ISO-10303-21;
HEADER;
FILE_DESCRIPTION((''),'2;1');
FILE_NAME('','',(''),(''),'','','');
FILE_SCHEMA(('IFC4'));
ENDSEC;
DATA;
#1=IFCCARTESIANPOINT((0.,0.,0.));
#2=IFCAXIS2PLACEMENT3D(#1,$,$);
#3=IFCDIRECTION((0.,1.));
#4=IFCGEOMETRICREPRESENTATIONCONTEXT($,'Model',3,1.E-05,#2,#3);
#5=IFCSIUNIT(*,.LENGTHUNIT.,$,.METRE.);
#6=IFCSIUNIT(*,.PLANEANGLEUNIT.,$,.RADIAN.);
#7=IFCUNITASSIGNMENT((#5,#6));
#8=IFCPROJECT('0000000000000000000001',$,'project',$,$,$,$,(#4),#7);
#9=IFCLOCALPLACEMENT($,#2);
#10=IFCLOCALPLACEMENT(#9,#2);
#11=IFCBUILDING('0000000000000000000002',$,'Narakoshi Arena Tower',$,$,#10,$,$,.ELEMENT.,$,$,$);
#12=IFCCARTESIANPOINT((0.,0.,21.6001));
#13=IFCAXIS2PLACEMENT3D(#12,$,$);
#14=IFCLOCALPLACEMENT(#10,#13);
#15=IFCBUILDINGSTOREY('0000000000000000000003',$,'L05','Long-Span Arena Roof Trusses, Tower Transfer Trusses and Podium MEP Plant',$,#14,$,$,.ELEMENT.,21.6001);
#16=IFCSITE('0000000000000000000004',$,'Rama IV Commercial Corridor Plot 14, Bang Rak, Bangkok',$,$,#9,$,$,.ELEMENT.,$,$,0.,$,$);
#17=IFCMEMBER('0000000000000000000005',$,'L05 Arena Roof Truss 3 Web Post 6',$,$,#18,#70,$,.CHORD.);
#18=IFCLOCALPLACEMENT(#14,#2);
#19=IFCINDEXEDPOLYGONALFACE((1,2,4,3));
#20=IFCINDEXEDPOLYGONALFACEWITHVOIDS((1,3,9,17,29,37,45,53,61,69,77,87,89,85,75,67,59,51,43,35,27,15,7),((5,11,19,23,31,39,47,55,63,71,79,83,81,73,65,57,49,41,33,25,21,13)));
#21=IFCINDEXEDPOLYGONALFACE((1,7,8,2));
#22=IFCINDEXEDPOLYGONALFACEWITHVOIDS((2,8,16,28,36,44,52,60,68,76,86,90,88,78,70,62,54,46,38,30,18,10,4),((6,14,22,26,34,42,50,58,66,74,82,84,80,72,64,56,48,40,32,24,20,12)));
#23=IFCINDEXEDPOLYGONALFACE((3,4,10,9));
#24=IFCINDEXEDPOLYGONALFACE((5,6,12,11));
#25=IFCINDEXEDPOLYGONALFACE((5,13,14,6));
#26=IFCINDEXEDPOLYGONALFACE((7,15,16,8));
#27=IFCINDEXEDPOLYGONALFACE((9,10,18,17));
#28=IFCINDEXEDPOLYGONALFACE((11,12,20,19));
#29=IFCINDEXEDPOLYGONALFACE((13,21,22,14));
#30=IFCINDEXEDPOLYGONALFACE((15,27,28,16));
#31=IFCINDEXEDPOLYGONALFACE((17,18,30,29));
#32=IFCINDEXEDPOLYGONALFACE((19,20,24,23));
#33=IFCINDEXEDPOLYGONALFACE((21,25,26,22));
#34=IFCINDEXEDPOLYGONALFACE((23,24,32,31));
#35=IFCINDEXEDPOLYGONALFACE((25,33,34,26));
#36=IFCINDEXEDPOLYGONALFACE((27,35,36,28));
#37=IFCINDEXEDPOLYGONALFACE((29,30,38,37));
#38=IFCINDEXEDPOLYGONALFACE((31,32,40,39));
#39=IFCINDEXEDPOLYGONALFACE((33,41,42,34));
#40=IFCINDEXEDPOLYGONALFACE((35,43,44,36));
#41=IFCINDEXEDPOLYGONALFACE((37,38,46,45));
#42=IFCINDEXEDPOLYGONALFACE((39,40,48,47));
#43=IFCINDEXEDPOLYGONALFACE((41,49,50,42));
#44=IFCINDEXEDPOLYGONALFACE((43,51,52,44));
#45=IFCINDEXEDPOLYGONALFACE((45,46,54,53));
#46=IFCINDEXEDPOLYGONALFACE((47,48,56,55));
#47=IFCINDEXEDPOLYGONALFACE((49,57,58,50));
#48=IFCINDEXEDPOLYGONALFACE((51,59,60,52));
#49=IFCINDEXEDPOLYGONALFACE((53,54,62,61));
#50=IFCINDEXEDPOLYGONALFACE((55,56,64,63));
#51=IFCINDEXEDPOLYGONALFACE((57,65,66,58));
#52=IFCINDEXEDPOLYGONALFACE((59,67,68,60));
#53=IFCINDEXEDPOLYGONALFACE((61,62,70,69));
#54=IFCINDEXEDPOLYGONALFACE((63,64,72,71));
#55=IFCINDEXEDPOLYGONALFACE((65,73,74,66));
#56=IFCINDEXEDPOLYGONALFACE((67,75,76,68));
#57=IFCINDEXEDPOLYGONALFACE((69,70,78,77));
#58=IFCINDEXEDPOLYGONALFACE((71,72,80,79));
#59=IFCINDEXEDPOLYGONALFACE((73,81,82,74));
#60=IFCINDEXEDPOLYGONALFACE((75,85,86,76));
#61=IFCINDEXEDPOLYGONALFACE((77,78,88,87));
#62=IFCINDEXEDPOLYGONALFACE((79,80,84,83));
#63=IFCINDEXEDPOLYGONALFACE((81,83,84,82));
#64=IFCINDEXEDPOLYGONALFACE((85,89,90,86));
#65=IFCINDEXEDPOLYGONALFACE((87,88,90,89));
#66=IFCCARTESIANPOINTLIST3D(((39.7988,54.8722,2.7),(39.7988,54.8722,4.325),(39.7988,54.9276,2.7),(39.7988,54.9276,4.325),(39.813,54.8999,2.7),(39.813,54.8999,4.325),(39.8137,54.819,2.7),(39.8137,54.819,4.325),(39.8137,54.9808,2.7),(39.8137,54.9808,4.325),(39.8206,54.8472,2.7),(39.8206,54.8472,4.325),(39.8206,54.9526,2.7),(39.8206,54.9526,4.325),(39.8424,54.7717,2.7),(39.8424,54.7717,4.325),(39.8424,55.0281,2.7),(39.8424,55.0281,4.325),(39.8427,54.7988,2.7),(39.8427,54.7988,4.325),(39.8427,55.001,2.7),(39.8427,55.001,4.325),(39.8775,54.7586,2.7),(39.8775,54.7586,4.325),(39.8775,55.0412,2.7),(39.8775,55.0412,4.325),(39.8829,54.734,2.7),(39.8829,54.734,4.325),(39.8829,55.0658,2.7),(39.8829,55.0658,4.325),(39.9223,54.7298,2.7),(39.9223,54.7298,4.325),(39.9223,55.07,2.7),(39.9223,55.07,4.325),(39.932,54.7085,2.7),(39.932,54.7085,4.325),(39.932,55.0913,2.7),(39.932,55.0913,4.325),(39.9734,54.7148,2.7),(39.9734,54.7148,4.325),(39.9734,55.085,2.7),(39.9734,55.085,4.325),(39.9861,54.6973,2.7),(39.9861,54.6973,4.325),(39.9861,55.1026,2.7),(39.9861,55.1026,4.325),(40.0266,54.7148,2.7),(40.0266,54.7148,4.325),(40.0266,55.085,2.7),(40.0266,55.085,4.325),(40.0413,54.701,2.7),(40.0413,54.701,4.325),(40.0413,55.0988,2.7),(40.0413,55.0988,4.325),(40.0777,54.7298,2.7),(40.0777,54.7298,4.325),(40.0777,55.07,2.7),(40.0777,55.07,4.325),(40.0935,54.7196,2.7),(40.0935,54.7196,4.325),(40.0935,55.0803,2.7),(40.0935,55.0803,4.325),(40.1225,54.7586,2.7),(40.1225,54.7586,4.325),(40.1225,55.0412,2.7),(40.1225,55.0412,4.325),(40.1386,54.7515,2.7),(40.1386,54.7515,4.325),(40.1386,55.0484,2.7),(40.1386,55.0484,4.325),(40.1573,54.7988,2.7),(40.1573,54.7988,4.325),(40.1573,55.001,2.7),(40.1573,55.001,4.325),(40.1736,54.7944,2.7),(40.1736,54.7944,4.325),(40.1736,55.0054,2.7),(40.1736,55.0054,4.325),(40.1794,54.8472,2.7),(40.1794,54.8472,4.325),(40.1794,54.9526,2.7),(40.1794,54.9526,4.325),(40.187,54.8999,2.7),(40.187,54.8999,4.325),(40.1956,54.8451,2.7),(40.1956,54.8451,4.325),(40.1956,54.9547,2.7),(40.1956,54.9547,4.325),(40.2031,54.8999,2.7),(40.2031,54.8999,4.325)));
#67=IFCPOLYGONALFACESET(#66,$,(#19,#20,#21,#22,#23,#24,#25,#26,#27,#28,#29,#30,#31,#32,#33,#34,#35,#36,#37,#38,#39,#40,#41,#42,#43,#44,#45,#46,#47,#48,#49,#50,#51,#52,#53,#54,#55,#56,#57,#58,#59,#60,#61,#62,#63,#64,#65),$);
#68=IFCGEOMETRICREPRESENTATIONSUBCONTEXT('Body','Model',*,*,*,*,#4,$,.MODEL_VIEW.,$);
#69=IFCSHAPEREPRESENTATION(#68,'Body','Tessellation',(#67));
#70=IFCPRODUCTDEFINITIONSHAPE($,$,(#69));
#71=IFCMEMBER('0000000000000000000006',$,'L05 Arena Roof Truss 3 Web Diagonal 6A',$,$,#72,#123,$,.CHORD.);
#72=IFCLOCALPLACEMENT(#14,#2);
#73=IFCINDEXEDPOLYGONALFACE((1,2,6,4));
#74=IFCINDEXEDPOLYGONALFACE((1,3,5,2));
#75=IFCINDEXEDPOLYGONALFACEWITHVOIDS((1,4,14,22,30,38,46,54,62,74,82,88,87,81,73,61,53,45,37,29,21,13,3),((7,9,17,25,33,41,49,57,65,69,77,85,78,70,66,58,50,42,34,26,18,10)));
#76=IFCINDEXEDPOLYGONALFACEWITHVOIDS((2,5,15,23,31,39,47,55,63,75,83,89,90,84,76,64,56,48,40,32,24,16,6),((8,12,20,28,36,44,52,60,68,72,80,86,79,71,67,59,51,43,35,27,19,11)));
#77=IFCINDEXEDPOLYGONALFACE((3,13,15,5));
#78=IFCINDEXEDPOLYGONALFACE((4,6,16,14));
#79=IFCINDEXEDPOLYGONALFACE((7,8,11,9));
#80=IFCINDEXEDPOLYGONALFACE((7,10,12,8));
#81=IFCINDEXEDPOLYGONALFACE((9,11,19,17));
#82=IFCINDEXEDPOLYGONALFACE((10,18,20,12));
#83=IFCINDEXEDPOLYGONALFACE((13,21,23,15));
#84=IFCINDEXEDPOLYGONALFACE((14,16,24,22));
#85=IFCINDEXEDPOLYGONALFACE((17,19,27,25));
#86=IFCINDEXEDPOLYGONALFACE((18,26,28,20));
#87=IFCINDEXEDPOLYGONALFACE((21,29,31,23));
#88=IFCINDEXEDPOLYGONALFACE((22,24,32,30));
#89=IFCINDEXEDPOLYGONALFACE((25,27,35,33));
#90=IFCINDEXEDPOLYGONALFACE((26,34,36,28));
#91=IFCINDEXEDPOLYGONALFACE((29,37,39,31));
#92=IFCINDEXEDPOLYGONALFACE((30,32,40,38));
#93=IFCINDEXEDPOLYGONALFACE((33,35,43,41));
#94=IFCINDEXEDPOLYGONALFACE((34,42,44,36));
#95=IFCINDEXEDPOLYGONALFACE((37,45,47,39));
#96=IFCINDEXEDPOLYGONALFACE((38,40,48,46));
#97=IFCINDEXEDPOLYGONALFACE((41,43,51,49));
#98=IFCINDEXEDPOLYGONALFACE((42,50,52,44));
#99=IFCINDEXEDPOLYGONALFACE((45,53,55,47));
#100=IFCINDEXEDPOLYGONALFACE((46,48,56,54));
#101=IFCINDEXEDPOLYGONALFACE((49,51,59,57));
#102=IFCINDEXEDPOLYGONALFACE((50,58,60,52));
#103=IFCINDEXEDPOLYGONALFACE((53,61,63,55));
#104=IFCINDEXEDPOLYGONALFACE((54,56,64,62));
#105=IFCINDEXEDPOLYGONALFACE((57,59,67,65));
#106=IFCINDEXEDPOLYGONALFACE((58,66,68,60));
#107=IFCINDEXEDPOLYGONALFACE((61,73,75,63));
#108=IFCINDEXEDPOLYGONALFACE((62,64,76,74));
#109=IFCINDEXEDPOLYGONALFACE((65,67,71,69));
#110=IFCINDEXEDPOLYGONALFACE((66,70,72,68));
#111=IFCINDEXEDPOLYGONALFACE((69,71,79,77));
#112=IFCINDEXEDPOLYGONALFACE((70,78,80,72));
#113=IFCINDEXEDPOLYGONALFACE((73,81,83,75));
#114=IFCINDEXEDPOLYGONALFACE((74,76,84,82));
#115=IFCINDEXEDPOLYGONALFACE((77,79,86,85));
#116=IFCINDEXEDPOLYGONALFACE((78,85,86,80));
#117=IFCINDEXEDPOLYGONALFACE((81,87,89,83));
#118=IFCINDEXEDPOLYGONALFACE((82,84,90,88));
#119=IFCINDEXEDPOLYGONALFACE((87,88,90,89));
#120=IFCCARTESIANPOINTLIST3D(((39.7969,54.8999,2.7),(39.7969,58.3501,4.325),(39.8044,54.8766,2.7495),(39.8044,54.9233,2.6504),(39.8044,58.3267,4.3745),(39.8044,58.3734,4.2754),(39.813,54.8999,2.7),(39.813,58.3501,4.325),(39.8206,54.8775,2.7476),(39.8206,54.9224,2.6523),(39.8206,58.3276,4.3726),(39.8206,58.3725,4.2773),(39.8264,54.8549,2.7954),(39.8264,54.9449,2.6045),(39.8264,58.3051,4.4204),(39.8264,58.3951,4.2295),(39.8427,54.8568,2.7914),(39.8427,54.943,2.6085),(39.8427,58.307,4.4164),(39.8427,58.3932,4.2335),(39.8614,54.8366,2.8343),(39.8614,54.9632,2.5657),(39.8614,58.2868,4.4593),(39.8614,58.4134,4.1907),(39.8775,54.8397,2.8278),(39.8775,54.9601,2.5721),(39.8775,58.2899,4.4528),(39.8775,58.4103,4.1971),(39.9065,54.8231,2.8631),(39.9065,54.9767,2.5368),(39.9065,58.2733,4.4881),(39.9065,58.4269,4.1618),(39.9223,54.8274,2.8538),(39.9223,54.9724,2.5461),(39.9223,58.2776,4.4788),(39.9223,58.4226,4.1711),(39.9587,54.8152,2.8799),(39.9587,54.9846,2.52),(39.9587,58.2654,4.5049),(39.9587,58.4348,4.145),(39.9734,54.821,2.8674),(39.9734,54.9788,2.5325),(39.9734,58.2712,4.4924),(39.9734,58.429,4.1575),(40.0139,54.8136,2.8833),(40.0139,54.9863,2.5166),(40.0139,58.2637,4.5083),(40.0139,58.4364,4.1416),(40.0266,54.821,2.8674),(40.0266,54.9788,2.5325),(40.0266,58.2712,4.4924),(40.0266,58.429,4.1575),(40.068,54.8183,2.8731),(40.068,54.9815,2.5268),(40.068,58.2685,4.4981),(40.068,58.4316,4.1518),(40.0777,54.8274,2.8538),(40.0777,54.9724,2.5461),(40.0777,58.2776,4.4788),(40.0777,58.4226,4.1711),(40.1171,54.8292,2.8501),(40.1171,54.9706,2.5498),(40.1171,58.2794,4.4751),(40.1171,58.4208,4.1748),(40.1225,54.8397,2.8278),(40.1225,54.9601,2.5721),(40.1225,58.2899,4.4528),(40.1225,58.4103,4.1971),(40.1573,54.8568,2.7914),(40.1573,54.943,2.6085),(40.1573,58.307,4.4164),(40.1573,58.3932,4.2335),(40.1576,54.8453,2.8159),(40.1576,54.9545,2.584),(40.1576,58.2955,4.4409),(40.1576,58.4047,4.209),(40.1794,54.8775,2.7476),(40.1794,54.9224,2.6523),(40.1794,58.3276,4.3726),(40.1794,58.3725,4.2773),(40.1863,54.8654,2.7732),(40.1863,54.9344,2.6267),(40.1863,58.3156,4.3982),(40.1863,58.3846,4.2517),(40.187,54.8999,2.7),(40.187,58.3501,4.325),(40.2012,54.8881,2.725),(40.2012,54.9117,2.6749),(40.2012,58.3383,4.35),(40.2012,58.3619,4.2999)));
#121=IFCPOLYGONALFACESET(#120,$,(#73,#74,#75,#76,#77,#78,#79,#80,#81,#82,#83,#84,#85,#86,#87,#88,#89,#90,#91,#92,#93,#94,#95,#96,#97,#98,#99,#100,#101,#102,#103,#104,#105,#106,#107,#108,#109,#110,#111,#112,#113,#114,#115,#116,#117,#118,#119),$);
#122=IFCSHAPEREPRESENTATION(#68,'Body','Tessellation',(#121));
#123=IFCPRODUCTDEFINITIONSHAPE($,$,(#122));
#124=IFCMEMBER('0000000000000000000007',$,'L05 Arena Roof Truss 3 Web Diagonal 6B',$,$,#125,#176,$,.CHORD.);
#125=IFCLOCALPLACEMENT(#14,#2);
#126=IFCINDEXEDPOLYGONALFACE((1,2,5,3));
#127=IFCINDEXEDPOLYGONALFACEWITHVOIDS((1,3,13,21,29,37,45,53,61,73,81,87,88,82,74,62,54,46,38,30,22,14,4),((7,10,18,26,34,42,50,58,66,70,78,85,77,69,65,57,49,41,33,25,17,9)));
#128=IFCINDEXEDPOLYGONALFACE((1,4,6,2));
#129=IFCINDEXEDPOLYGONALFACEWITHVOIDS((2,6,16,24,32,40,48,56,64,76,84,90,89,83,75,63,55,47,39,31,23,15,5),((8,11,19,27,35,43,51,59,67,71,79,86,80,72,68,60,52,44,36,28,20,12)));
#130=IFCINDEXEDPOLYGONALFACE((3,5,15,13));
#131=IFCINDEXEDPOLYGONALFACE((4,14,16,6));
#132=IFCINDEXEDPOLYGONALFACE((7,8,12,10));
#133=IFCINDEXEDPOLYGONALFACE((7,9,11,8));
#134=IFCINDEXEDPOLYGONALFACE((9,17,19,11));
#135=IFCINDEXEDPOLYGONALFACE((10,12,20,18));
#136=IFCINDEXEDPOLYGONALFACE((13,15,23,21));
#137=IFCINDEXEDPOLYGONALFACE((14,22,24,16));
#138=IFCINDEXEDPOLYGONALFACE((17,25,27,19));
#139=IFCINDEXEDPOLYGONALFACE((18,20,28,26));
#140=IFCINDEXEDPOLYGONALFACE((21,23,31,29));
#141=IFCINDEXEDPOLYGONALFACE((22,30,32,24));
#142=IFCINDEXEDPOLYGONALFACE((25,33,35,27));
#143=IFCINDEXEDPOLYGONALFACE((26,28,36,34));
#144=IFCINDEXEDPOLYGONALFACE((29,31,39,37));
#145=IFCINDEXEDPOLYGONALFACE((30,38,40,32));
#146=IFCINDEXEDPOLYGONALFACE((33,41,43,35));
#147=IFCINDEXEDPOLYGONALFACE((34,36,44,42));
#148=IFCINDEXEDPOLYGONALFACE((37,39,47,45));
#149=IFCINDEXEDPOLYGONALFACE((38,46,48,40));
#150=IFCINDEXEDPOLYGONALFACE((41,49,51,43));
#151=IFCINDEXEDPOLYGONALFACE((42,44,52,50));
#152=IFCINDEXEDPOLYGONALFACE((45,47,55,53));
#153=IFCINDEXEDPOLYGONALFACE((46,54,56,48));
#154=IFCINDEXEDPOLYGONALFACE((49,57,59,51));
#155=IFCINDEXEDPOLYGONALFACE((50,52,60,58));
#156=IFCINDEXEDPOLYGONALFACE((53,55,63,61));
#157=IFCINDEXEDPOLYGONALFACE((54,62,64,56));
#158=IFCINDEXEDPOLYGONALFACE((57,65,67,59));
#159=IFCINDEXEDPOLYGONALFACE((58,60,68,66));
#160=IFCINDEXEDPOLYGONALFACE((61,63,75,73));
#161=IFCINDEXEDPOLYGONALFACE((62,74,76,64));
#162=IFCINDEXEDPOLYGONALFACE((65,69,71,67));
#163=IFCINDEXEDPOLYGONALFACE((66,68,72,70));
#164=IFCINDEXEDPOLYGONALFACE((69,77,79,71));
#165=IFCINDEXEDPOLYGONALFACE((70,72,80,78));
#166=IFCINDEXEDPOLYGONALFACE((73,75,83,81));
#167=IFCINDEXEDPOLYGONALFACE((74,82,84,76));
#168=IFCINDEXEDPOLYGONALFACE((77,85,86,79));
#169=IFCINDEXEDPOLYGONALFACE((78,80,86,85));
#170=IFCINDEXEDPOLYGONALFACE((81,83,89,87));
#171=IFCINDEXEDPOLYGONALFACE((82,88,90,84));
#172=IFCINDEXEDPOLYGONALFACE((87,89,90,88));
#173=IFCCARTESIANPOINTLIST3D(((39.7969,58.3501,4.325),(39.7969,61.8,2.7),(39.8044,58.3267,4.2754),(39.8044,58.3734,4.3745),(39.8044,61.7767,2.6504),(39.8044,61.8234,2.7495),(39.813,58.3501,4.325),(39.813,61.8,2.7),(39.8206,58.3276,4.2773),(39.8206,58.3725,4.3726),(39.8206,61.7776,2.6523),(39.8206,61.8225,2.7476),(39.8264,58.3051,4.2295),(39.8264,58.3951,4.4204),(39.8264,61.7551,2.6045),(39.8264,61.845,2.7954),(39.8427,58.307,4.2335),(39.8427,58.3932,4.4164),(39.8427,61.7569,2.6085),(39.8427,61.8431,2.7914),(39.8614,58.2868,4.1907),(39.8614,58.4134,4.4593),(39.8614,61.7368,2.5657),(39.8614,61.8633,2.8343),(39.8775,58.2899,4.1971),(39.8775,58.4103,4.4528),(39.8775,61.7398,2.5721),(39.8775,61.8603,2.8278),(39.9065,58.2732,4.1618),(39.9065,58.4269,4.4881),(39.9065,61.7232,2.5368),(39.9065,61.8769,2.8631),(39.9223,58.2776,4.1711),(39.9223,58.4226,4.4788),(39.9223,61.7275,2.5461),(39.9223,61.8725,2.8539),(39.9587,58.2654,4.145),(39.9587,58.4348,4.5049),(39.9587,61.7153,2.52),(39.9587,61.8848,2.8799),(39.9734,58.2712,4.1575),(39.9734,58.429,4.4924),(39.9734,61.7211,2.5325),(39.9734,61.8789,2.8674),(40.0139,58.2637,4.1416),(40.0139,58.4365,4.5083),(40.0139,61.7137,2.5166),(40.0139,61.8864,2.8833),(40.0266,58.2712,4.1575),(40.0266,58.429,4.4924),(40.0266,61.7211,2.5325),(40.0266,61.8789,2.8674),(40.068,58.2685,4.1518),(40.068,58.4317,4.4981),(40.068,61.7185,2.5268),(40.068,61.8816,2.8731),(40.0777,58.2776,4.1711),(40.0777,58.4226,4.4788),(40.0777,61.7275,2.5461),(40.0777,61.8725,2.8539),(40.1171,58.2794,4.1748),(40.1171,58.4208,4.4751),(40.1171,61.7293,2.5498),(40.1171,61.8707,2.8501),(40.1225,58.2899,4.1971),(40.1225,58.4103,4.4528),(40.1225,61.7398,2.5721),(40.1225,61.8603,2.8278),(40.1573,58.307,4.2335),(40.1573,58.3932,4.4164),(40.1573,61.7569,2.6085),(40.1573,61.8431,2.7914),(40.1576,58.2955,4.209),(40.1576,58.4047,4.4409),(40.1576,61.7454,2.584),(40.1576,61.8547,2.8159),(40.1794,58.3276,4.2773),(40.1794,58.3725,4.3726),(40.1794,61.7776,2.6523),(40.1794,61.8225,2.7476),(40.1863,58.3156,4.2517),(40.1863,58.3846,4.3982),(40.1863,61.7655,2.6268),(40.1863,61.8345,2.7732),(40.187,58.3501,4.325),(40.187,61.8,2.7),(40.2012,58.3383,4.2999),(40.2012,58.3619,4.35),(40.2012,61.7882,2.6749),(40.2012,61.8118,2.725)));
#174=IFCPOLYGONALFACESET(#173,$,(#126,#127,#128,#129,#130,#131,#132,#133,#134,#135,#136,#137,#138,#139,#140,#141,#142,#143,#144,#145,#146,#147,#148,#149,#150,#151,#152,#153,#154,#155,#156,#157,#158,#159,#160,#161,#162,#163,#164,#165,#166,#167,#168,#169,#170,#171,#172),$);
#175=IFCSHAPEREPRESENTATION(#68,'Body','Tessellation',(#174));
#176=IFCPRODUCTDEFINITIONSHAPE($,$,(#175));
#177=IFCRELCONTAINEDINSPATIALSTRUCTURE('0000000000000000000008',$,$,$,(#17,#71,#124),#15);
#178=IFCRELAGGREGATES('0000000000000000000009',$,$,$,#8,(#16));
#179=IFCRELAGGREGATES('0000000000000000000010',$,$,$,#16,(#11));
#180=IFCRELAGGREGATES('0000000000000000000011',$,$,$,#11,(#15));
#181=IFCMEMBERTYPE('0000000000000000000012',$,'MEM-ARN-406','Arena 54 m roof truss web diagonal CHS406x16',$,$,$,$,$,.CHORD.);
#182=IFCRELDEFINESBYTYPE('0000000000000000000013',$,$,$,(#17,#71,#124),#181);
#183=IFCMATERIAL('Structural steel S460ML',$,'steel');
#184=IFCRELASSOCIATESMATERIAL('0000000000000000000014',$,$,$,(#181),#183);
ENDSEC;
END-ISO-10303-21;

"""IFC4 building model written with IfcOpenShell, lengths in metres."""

from ifc_helpers import new_model, si_unit, direction, frame, origin, origin_2d, place, context, subcontext, project, spatial, hollow_circle, extrude, material, material_profile, profile_set, type_object, element, save


model = new_model("IFC4")

# Units and contexts
model_context = context("Model", 3, precision=1e-05, world=origin(), true_north=direction((0.0, 1.0)))
body_context = subcontext(model_context, "Body", "Model", "MODEL_VIEW")
ifc_project = project(units=[si_unit("LENGTHUNIT", "METRE"), si_unit("PLANEANGLEUNIT", "RADIAN")], contexts=[model_context])

# Site, building, storey
site_placement = place(None, origin())
site = spatial("IfcSite", under=ifc_project, at=site_placement, Name="Rama IV Commercial Corridor Plot 14, Bang Rak, Bangkok", CompositionType="ELEMENT", RefElevation=0.0)
building_placement = place(site_placement, origin())
building = spatial("IfcBuilding", under=site, at=building_placement, Name="Narakoshi Arena Tower", CompositionType="ELEMENT")
storey_placement = place(building_placement, frame((0.0, 0.0, 21.6001)))
storey = spatial("IfcBuildingStorey", under=building, at=storey_placement, Name="L05", Description="Long-Span Arena Roof Trusses, Tower Transfer Trusses and Podium MEP Plant", CompositionType="ELEMENT", Elevation=21.6001)

# Shared definitions
ifc_material_1 = material(Name="Structural steel S460ML", Category="steel")

# Members
ifc_material_profile_1 = material_profile(ifc_material_1, hollow_circle(Radius=0.2031, WallThickness=0.0161, at=origin_2d()), Name="CHS406x16")
ifc_profile_set_1 = profile_set([ifc_material_profile_1], Name="Structural steel S460ML")
member_type = type_object("IfcMemberType", Name="MEM-ARN-406", Description="Arena 54 m roof truss web diagonal CHS406x16", PredefinedType="CHORD", material=ifc_profile_set_1)
member_1_placement = place(storey_placement, frame((40.0, 54.8999, 2.7), z_axis=(0.0, 0.0, 1.0), x_axis=(1.0, 0.0, 0.0)))
element("IfcMember", 1, at=member_1_placement, inside=storey, type_object=member_type, Name="L05 Arena Roof Truss 3 Web Post 6", PredefinedType="CHORD", context=body_context, shape_type="SweptSolid", body=[
    extrude(hollow_circle(Radius=0.2031, WallThickness=0.0161, at=origin_2d()), origin(), (0.0, 0.0, 1.0), 1.625),
])
member_2_placement = place(storey_placement, frame((40.0, 54.8999, 2.7), z_axis=(0.0, 0.904679, 0.426093), x_axis=(-1.0, 0.0, 0.0)))
element("IfcMember", 2, at=member_2_placement, inside=storey, type_object=member_type, Name="L05 Arena Roof Truss 3 Web Diagonal 6A", PredefinedType="CHORD", context=body_context, shape_type="SweptSolid", body=[
    extrude(hollow_circle(Radius=0.2031, WallThickness=0.0161, at=origin_2d()), origin(), (0.0, 0.0, 1.0), 3.8137),
])
member_3_placement = place(storey_placement, frame((40.0, 58.3501, 4.325), z_axis=(0.0, 0.904668, -0.426118), x_axis=(-1.0, 0.0, 0.0)))
element("IfcMember", 3, at=member_3_placement, inside=storey, type_object=member_type, Name="L05 Arena Roof Truss 3 Web Diagonal 6B", PredefinedType="CHORD", context=body_context, shape_type="SweptSolid", body=[
    extrude(hollow_circle(Radius=0.2031, WallThickness=0.0161, at=origin_2d()), origin(), (0.0, 0.0, 1.0), 3.8135),
])

save(model, "model.ifc")
